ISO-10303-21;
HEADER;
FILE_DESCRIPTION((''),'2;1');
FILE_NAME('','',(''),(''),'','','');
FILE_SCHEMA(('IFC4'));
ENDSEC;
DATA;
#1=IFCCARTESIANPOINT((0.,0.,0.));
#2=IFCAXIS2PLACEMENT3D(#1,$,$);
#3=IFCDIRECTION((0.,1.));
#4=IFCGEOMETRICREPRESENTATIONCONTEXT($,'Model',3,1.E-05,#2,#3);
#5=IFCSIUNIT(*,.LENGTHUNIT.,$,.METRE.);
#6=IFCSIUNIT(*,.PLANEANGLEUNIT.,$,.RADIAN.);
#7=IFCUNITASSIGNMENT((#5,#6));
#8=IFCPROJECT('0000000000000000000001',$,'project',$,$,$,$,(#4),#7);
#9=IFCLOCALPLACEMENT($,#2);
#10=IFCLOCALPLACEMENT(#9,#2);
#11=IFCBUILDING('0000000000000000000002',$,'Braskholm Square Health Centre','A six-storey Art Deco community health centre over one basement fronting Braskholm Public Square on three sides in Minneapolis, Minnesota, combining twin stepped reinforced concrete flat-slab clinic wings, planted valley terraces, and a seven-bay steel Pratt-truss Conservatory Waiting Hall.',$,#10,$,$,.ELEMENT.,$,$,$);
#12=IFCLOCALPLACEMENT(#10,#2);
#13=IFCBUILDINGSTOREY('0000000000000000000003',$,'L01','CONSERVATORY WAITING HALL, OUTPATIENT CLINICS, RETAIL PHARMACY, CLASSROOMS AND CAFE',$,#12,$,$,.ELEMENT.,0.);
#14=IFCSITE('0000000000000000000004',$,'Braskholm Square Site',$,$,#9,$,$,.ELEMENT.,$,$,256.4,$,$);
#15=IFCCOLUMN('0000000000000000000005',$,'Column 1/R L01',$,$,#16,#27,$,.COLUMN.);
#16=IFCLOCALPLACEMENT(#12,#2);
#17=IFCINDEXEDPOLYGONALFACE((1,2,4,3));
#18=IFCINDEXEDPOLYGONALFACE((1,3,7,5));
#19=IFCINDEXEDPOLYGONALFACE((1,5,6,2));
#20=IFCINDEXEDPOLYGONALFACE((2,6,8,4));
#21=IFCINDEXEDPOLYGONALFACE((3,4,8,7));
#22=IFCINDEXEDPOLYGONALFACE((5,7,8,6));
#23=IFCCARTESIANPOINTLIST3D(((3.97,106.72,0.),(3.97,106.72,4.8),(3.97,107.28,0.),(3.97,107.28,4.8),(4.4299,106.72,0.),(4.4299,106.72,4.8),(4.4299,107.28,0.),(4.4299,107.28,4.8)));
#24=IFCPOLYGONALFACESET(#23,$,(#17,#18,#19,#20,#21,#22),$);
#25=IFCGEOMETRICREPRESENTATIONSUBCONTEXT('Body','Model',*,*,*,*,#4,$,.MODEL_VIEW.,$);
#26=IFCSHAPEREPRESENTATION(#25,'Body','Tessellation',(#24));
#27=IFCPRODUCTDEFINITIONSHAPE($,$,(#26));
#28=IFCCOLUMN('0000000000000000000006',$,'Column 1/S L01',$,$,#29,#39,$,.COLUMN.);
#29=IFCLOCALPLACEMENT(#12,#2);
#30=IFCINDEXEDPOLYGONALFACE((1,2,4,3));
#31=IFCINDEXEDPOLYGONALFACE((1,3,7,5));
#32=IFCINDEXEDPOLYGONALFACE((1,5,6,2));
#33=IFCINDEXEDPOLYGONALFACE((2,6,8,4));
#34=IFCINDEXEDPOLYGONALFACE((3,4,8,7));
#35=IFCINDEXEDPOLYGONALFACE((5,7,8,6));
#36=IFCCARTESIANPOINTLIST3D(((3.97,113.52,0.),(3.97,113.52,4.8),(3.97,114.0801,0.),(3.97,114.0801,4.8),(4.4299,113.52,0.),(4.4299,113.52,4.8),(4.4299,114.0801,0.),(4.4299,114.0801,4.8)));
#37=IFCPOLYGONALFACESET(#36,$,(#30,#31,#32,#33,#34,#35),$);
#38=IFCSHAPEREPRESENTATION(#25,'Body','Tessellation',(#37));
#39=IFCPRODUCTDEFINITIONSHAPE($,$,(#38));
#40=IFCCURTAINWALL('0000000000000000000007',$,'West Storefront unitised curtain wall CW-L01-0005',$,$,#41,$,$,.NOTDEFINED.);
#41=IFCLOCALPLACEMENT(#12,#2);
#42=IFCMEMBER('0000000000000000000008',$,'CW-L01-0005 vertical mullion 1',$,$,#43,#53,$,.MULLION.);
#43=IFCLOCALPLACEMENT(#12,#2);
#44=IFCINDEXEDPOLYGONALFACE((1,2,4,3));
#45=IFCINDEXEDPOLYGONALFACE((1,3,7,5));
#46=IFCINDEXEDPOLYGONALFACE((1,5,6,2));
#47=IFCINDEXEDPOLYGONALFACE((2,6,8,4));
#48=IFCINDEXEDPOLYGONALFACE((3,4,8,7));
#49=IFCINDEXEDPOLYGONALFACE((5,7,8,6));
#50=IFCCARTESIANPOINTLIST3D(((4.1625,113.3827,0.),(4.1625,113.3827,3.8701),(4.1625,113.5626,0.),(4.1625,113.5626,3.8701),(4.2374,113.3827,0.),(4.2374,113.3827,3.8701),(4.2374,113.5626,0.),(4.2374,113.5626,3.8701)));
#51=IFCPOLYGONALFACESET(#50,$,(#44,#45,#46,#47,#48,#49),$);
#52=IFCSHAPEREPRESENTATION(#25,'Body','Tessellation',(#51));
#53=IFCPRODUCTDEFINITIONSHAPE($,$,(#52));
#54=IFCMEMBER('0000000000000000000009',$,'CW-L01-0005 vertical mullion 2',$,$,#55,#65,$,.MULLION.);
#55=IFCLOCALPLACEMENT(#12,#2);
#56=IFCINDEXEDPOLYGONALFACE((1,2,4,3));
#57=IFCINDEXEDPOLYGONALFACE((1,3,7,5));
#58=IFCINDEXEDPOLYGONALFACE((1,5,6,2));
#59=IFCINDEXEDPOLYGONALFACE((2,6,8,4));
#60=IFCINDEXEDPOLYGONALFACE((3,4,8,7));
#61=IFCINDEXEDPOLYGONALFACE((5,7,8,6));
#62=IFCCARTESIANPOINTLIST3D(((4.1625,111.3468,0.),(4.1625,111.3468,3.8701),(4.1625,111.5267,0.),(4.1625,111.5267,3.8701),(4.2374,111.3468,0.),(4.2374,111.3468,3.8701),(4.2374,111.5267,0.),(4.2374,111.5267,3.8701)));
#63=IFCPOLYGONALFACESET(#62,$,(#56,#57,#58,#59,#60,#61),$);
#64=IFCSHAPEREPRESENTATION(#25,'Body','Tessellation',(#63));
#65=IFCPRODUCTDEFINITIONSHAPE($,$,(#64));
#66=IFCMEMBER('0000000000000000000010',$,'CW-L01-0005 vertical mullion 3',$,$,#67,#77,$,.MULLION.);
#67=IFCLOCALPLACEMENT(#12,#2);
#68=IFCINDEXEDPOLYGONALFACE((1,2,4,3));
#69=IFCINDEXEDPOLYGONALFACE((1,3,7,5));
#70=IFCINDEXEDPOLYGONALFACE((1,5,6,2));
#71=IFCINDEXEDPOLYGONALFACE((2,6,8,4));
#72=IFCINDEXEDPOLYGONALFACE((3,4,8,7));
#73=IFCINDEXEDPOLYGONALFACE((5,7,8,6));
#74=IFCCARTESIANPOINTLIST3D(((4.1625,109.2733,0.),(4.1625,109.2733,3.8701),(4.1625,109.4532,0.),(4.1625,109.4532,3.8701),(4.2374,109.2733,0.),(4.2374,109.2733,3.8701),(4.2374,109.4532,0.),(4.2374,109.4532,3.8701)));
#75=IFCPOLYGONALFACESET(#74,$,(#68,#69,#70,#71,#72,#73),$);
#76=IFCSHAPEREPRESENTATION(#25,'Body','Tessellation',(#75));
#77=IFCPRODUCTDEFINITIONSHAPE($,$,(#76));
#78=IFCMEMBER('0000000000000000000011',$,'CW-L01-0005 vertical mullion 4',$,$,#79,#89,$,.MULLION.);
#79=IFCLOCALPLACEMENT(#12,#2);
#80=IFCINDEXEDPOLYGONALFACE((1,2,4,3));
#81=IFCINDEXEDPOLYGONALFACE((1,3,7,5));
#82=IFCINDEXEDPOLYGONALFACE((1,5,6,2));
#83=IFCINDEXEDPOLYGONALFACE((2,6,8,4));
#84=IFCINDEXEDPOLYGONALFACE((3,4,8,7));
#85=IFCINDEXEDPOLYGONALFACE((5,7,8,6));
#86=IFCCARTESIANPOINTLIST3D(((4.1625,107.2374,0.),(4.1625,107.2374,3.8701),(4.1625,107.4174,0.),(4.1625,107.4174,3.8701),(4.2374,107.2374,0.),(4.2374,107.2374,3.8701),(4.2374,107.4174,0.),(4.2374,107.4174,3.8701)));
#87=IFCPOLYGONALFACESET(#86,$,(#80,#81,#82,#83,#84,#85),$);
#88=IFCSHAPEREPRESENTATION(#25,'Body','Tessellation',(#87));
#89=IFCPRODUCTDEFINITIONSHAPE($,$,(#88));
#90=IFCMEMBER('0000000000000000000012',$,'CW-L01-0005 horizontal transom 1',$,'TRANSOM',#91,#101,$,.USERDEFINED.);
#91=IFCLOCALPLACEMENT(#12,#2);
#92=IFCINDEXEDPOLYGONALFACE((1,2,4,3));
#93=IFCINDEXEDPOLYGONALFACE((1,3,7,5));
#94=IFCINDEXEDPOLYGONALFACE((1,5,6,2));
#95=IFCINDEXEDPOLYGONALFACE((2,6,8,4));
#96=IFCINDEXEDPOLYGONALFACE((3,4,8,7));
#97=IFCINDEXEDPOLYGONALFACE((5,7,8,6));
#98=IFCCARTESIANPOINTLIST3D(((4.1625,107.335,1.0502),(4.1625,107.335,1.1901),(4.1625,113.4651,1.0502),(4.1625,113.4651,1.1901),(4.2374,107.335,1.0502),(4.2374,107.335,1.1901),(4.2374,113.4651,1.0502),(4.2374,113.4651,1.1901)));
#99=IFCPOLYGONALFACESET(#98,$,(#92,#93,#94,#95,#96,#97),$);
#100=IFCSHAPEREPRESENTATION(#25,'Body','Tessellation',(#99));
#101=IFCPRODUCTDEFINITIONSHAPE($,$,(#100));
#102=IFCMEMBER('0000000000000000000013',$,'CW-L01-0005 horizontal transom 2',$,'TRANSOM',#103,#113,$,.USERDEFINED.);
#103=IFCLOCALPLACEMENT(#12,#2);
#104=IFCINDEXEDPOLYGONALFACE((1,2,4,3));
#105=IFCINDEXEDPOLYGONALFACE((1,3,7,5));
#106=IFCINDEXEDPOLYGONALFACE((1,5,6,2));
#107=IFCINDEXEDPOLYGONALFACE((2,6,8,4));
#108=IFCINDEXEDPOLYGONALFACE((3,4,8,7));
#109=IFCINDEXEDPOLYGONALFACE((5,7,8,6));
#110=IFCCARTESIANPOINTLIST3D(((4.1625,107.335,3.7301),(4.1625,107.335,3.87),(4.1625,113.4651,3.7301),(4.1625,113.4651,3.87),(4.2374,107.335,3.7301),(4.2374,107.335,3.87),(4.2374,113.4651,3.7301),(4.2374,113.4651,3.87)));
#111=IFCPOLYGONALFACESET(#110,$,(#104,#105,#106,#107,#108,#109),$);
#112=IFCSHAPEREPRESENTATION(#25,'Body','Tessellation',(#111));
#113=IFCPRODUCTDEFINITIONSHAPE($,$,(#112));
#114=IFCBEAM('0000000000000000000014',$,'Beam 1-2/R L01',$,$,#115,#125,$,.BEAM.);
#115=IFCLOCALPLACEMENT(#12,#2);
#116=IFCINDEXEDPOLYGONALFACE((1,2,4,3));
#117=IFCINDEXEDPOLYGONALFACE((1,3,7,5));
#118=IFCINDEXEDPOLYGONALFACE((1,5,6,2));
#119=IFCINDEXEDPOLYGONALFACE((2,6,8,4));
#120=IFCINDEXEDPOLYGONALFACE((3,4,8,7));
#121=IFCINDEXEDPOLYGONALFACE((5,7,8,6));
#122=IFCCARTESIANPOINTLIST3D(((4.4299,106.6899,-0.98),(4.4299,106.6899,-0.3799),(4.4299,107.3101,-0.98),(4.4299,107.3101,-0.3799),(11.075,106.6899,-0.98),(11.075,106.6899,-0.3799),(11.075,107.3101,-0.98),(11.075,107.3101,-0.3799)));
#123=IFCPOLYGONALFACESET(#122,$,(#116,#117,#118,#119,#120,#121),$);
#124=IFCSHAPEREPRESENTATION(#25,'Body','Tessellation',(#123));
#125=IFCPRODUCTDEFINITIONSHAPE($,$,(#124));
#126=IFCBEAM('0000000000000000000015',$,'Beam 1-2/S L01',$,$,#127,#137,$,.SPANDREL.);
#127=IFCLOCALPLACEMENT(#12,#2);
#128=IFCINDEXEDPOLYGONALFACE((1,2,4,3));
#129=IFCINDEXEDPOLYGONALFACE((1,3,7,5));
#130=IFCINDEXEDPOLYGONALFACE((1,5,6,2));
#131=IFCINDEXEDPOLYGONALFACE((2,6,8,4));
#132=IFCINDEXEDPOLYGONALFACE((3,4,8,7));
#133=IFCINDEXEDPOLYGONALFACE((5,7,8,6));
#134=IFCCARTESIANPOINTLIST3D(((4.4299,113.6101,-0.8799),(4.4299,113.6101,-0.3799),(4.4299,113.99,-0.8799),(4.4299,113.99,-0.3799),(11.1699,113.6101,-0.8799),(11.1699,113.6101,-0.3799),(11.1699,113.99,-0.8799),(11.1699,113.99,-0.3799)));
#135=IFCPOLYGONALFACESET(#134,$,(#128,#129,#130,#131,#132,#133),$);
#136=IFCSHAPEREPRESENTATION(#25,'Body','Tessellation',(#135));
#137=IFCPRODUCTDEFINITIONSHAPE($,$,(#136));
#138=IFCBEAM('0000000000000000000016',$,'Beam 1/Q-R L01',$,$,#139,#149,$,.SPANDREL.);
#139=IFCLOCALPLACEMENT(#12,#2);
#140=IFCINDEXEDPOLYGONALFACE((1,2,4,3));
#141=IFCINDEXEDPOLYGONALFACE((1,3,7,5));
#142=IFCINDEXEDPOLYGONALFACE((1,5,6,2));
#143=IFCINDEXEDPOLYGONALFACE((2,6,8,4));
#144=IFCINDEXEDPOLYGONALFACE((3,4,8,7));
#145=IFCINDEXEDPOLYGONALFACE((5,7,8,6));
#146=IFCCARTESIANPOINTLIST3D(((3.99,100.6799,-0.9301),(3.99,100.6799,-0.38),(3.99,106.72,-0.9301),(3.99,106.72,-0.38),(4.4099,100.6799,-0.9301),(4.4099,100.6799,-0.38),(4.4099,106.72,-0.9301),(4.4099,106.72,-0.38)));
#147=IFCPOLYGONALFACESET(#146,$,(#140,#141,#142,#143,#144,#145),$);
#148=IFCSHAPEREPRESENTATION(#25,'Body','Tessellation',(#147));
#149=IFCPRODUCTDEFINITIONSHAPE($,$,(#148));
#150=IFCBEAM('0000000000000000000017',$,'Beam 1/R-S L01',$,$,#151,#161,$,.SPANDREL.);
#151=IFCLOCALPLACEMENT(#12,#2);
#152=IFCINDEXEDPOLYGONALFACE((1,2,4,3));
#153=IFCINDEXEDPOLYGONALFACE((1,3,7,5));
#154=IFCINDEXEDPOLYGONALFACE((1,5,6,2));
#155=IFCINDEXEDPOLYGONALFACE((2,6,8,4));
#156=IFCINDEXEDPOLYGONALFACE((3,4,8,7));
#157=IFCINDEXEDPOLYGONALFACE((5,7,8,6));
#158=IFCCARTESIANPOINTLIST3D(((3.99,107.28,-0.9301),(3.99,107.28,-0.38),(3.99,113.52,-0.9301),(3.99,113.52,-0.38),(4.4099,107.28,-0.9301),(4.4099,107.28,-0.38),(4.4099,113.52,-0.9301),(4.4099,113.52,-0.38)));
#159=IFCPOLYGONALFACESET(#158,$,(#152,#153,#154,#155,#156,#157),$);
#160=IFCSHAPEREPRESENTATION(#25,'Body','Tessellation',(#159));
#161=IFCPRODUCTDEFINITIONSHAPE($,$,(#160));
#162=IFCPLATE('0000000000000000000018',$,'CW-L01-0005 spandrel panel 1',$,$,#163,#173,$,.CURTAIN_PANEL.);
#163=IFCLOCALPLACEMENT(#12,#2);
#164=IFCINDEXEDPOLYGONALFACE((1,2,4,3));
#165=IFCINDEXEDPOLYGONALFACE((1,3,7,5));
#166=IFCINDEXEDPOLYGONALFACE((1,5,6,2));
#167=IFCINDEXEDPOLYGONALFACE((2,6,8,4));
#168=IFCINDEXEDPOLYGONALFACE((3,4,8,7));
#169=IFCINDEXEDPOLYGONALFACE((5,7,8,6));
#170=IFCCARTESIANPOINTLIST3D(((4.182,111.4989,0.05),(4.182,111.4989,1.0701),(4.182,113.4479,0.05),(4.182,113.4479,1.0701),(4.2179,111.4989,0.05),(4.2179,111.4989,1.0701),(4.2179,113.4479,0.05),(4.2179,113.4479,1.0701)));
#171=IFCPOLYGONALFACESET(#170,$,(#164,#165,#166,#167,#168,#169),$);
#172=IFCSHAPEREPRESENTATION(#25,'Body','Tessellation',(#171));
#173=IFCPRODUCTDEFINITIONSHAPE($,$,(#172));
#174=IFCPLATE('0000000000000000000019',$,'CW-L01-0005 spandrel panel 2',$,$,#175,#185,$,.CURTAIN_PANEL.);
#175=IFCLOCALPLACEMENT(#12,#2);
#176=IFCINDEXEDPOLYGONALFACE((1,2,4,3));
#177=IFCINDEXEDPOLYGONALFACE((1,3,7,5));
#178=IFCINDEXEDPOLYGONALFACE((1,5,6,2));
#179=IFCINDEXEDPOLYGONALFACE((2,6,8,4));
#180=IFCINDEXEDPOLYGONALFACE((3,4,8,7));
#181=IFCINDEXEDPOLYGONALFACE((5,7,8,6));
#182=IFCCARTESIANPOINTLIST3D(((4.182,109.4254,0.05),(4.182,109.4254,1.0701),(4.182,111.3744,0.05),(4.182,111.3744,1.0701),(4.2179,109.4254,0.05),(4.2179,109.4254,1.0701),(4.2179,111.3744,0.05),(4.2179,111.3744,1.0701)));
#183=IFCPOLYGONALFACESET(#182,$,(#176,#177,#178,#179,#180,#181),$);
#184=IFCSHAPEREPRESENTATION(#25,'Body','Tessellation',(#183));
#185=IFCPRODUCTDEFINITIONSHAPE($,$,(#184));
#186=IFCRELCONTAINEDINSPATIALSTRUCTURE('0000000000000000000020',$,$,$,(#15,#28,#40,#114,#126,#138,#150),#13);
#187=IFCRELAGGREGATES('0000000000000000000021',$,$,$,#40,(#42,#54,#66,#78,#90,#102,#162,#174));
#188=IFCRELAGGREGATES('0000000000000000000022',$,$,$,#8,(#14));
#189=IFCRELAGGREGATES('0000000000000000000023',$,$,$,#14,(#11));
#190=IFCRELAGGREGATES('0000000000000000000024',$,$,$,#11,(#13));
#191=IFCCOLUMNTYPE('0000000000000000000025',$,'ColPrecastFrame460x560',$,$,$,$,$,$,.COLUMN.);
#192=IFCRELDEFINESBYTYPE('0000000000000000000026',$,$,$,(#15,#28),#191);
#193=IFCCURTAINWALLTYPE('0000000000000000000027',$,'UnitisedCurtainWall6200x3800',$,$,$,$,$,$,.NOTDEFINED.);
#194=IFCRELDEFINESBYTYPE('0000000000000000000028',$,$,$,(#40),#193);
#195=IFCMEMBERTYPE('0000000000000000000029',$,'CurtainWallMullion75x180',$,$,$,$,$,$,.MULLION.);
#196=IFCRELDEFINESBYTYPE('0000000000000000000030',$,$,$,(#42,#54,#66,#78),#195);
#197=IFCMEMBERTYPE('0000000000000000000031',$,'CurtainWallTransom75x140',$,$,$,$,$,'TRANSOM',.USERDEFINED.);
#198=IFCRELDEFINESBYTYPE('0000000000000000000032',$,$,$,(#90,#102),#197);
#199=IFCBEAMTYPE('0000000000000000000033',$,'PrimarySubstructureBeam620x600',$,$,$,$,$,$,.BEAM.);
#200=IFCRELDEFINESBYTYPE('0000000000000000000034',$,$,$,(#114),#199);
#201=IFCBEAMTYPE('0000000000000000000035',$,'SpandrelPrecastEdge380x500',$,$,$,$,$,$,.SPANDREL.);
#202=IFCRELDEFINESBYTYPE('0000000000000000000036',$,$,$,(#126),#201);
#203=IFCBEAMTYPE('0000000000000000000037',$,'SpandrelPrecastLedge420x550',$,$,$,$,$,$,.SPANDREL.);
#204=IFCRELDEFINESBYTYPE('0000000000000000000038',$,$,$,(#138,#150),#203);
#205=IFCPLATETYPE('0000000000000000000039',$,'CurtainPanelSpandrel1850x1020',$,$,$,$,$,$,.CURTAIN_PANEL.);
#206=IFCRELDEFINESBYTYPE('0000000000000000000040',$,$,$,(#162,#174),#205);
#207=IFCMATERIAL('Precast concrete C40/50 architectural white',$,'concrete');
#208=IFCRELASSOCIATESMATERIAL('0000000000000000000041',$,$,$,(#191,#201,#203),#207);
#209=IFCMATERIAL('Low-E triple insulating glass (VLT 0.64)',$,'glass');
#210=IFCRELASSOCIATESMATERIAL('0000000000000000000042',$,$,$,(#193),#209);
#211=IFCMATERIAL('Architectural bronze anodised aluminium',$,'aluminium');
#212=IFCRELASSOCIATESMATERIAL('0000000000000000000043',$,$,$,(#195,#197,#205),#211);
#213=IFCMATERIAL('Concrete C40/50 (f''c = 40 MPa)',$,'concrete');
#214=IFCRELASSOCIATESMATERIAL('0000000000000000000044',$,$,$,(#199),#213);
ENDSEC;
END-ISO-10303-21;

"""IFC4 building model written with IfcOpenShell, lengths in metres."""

from ifc_helpers import new_model, si_unit, direction, frame, origin, origin_2d, place, context, subcontext, project, spatial, rectangle, extrude, material, material_profile, profile_set, type_object, element, aggregate, save


model = new_model("IFC4")

# Units and contexts
model_context = context("Model", 3, precision=1e-05, world=origin(), true_north=direction((0.0, 1.0)))
body_context = subcontext(model_context, "Body", "Model", "MODEL_VIEW")
ifc_project = project(units=[si_unit("LENGTHUNIT", "METRE"), si_unit("PLANEANGLEUNIT", "RADIAN")], contexts=[model_context])

# Site, building, storey
site_placement = place(None, origin())
site = spatial("IfcSite", under=ifc_project, at=site_placement, Name="Braskholm Square Site", CompositionType="ELEMENT", RefElevation=256.4)
building_placement = place(site_placement, origin())
building = spatial("IfcBuilding", under=site, at=building_placement, Name="Braskholm Square Health Centre", Description="A six-storey Art Deco community health centre over one basement fronting Braskholm Public Square on three sides in Minneapolis, Minnesota, combining twin stepped reinforced concrete flat-slab clinic wings, planted valley terraces, and a seven-bay steel Pratt-truss Conservatory Waiting Hall.", CompositionType="ELEMENT")
storey_placement = place(building_placement, origin())
storey = spatial("IfcBuildingStorey", under=building, at=storey_placement, Name="L01", Description="CONSERVATORY WAITING HALL, OUTPATIENT CLINICS, RETAIL PHARMACY, CLASSROOMS AND CAFE", CompositionType="ELEMENT", Elevation=0.0)

# Columns
ifc_material_1 = material(Name="Precast concrete C40/50 architectural white", Category="concrete")
ifc_material_profile_1 = material_profile(ifc_material_1, rectangle(XDim=0.46, YDim=0.5601, at=origin_2d()), Name="RC-460X560")
ifc_profile_set_1 = profile_set([ifc_material_profile_1], Name="Precast concrete C40/50 architectural white")
column_type = type_object("IfcColumnType", Name="ColPrecastFrame460x560", PredefinedType="COLUMN", material=ifc_profile_set_1)
for number, where, z_axis, x_axis, name in (
    (1, (4.2, 107.0, 0.0), (0.0, 0.0, 1.0), (1.0, 0.0, 0.0), "Column 1/R L01"),
    (2, (4.2, 113.8, 0.0), (0.0, 0.0, 1.0), (1.0, 0.0, 0.0), "Column 1/S L01"),
):
    element("IfcColumn", number, at=place(storey_placement, frame(where, z_axis=z_axis, x_axis=x_axis)), inside=storey, type_object=column_type, Name=name, PredefinedType="COLUMN", context=body_context, shape_type="SweptSolid", body=[
        extrude(rectangle(XDim=0.46, YDim=0.5601, at=origin_2d()), origin(), (0.0, 0.0, 1.0), 4.8),
    ])

# Curtain wall, members
ifc_material_2 = material(Name="Low-E triple insulating glass (VLT 0.64)", Category="glass")
curtain_wall_type = type_object("IfcCurtainWallType", Name="UnitisedCurtainWall6200x3800", PredefinedType="NOTDEFINED", material=ifc_material_2)
curtain_wall_placement = place(storey_placement, origin())
curtain_wall = element("IfcCurtainWall", 3, at=curtain_wall_placement, inside=storey, type_object=curtain_wall_type, Name="West Storefront unitised curtain wall CW-L01-0005", PredefinedType="NOTDEFINED")
ifc_material_3 = material(Name="Architectural bronze anodised aluminium", Category="aluminium")
ifc_material_profile_2 = material_profile(ifc_material_3, rectangle(XDim=0.075, YDim=0.1799, at=origin_2d()), Name="ALU-75X180")
ifc_profile_set_2 = profile_set([ifc_material_profile_2], Name="Architectural bronze anodised aluminium")
member_type_1 = type_object("IfcMemberType", Name="CurtainWallMullion75x180", PredefinedType="MULLION", material=ifc_profile_set_2)
member_1_placement = place(storey_placement, frame((4.2, 113.4727, 0.0), z_axis=(0.0, 0.0, 1.0), x_axis=(1.0, 0.0, 0.0)))
member_1 = element("IfcMember", 4, at=member_1_placement, type_object=member_type_1, Name="CW-L01-0005 vertical mullion 1", PredefinedType="MULLION", context=body_context, shape_type="SweptSolid", body=[
    extrude(rectangle(XDim=0.075, YDim=0.1799, at=origin_2d()), origin(), (0.0, 0.0, 1.0), 3.8701),
])
member_2_placement = place(storey_placement, frame((4.2, 111.4368, 0.0), z_axis=(0.0, 0.0, 1.0), x_axis=(1.0, 0.0, 0.0)))
member_2 = element("IfcMember", 5, at=member_2_placement, type_object=member_type_1, Name="CW-L01-0005 vertical mullion 2", PredefinedType="MULLION", context=body_context, shape_type="SweptSolid", body=[
    extrude(rectangle(XDim=0.075, YDim=0.1799, at=origin_2d()), origin(), (0.0, 0.0, 1.0), 3.8701),
])
member_3_placement = place(storey_placement, frame((4.2, 109.3633, 0.0), z_axis=(0.0, 0.0, 1.0), x_axis=(1.0, 0.0, 0.0)))
member_3 = element("IfcMember", 6, at=member_3_placement, type_object=member_type_1, Name="CW-L01-0005 vertical mullion 3", PredefinedType="MULLION", context=body_context, shape_type="SweptSolid", body=[
    extrude(rectangle(XDim=0.075, YDim=0.1799, at=origin_2d()), origin(), (0.0, 0.0, 1.0), 3.8701),
])
member_4_placement = place(storey_placement, frame((4.2, 107.3274, 0.0), z_axis=(0.0, 0.0, 1.0), x_axis=(1.0, 0.0, 0.0)))
member_4 = element("IfcMember", 7, at=member_4_placement, type_object=member_type_1, Name="CW-L01-0005 vertical mullion 4", PredefinedType="MULLION", context=body_context, shape_type="SweptSolid", body=[
    extrude(rectangle(XDim=0.075, YDim=0.1799, at=origin_2d()), origin(), (0.0, 0.0, 1.0), 3.8701),
])
ifc_material_profile_3 = material_profile(ifc_material_3, rectangle(XDim=0.075, YDim=0.1399, at=origin_2d()), Name="ALU-75X140")
ifc_profile_set_3 = profile_set([ifc_material_profile_3], Name="Architectural bronze anodised aluminium")
member_type_2 = type_object("IfcMemberType", Name="CurtainWallTransom75x140", ElementType="TRANSOM", PredefinedType="USERDEFINED", material=ifc_profile_set_3)
member_5_placement = place(storey_placement, frame((4.2, 113.4651, 1.1201), z_axis=(0.0, -1.0, 0.0), x_axis=(1.0, 0.0, 0.0)))
member_5 = element("IfcMember", 8, at=member_5_placement, type_object=member_type_2, Name="CW-L01-0005 horizontal transom 1", ObjectType="TRANSOM", PredefinedType="USERDEFINED", context=body_context, shape_type="SweptSolid", body=[
    extrude(rectangle(XDim=0.075, YDim=0.1399, at=origin_2d()), origin(), (0.0, 0.0, 1.0), 6.1301),
])
member_6_placement = place(storey_placement, frame((4.2, 113.4651, 3.8), z_axis=(0.0, -1.0, 0.0), x_axis=(1.0, 0.0, 0.0)))
member_6 = element("IfcMember", 9, at=member_6_placement, type_object=member_type_2, Name="CW-L01-0005 horizontal transom 2", ObjectType="TRANSOM", PredefinedType="USERDEFINED", context=body_context, shape_type="SweptSolid", body=[
    extrude(rectangle(XDim=0.075, YDim=0.1399, at=origin_2d()), origin(), (0.0, 0.0, 1.0), 6.1301),
])

# Beams
ifc_material_4 = material(Name="Concrete C40/50 (f'c = 40 MPa)", Category="concrete")
ifc_material_profile_4 = material_profile(ifc_material_4, rectangle(XDim=0.6201, YDim=0.6001, at=origin_2d()), Name="RCB-620X600")
ifc_profile_set_4 = profile_set([ifc_material_profile_4], Name="Concrete C40/50 (f'c = 40 MPa)")
beam_type_1 = type_object("IfcBeamType", Name="PrimarySubstructureBeam620x600", PredefinedType="BEAM", material=ifc_profile_set_4)
beam_1_placement = place(storey_placement, frame((4.4299, 107.0, -0.6799), z_axis=(1.0, 0.0, 0.0), x_axis=(0.0, 1.0, 0.0)))
element("IfcBeam", 10, at=beam_1_placement, inside=storey, type_object=beam_type_1, Name="Beam 1-2/R L01", PredefinedType="BEAM", context=body_context, shape_type="SweptSolid", body=[
    extrude(rectangle(XDim=0.6201, YDim=0.6001, at=origin_2d()), origin(), (0.0, 0.0, 1.0), 6.645),
])
ifc_material_profile_5 = material_profile(ifc_material_1, rectangle(XDim=0.3799, YDim=0.5, at=origin_2d()), Name="RCB-380X500")
ifc_profile_set_5 = profile_set([ifc_material_profile_5], Name="Precast concrete C40/50 architectural white")
beam_type_2 = type_object("IfcBeamType", Name="SpandrelPrecastEdge380x500", PredefinedType="SPANDREL", material=ifc_profile_set_5)
beam_2_placement = place(storey_placement, frame((4.4299, 113.8, -0.6299), z_axis=(1.0, 0.0, 0.0), x_axis=(0.0, 1.0, 0.0)))
element("IfcBeam", 11, at=beam_2_placement, inside=storey, type_object=beam_type_2, Name="Beam 1-2/S L01", PredefinedType="SPANDREL", context=body_context, shape_type="SweptSolid", body=[
    extrude(rectangle(XDim=0.3799, YDim=0.5, at=origin_2d()), origin(), (0.0, 0.0, 1.0), 6.74),
])
ifc_material_profile_6 = material_profile(ifc_material_1, rectangle(XDim=0.4199, YDim=0.55, at=origin_2d()), Name="RCB-420X550")
ifc_profile_set_6 = profile_set([ifc_material_profile_6], Name="Precast concrete C40/50 architectural white")
beam_type_3 = type_object("IfcBeamType", Name="SpandrelPrecastLedge420x550", PredefinedType="SPANDREL", material=ifc_profile_set_6)
beam_3_placement = place(storey_placement, frame((4.2, 100.6799, -0.655), z_axis=(0.0, 1.0, 0.0), x_axis=(-1.0, 0.0, 0.0)))
element("IfcBeam", 12, at=beam_3_placement, inside=storey, type_object=beam_type_3, Name="Beam 1/Q-R L01", PredefinedType="SPANDREL", context=body_context, shape_type="SweptSolid", body=[
    extrude(rectangle(XDim=0.4199, YDim=0.55, at=origin_2d()), origin(), (0.0, 0.0, 1.0), 6.04),
])
beam_4_placement = place(storey_placement, frame((4.2, 107.28, -0.655), z_axis=(0.0, 1.0, 0.0), x_axis=(-1.0, 0.0, 0.0)))
element("IfcBeam", 13, at=beam_4_placement, inside=storey, type_object=beam_type_3, Name="Beam 1/R-S L01", PredefinedType="SPANDREL", context=body_context, shape_type="SweptSolid", body=[
    extrude(rectangle(XDim=0.4199, YDim=0.55, at=origin_2d()), origin(), (0.0, 0.0, 1.0), 6.24),
])

# Plates
plate_type_1 = type_object("IfcPlateType", Name="CurtainPanelSpandrel1850x1020", PredefinedType="CURTAIN_PANEL", material=ifc_material_3)
plate_1_placement = place(storey_placement, frame((4.2, 112.4734, 0.05), z_axis=(0.0, 0.0, 1.0), x_axis=(0.0, -1.0, 0.0)))
plate_1 = element("IfcPlate", 14, at=plate_1_placement, type_object=plate_type_1, Name="CW-L01-0005 spandrel panel 1", PredefinedType="CURTAIN_PANEL", context=body_context, shape_type="SweptSolid", body=[
    extrude(rectangle(XDim=1.949, YDim=0.0359, at=origin_2d()), origin(), (0.0, 0.0, 1.0), 1.02),
])
plate_2_placement = place(storey_placement, frame((4.2, 110.3999, 0.05), z_axis=(0.0, 0.0, 1.0), x_axis=(0.0, -1.0, 0.0)))
plate_2 = element("IfcPlate", 15, at=plate_2_placement, type_object=plate_type_1, Name="CW-L01-0005 spandrel panel 2", PredefinedType="CURTAIN_PANEL", context=body_context, shape_type="SweptSolid", body=[
    extrude(rectangle(XDim=1.949, YDim=0.0359, at=origin_2d()), origin(), (0.0, 0.0, 1.0), 1.02),
])
aggregate(curtain_wall, [member_1, member_2, member_3, member_4, member_5, member_6, plate_1, plate_2])

save(model, "model.ifc")
